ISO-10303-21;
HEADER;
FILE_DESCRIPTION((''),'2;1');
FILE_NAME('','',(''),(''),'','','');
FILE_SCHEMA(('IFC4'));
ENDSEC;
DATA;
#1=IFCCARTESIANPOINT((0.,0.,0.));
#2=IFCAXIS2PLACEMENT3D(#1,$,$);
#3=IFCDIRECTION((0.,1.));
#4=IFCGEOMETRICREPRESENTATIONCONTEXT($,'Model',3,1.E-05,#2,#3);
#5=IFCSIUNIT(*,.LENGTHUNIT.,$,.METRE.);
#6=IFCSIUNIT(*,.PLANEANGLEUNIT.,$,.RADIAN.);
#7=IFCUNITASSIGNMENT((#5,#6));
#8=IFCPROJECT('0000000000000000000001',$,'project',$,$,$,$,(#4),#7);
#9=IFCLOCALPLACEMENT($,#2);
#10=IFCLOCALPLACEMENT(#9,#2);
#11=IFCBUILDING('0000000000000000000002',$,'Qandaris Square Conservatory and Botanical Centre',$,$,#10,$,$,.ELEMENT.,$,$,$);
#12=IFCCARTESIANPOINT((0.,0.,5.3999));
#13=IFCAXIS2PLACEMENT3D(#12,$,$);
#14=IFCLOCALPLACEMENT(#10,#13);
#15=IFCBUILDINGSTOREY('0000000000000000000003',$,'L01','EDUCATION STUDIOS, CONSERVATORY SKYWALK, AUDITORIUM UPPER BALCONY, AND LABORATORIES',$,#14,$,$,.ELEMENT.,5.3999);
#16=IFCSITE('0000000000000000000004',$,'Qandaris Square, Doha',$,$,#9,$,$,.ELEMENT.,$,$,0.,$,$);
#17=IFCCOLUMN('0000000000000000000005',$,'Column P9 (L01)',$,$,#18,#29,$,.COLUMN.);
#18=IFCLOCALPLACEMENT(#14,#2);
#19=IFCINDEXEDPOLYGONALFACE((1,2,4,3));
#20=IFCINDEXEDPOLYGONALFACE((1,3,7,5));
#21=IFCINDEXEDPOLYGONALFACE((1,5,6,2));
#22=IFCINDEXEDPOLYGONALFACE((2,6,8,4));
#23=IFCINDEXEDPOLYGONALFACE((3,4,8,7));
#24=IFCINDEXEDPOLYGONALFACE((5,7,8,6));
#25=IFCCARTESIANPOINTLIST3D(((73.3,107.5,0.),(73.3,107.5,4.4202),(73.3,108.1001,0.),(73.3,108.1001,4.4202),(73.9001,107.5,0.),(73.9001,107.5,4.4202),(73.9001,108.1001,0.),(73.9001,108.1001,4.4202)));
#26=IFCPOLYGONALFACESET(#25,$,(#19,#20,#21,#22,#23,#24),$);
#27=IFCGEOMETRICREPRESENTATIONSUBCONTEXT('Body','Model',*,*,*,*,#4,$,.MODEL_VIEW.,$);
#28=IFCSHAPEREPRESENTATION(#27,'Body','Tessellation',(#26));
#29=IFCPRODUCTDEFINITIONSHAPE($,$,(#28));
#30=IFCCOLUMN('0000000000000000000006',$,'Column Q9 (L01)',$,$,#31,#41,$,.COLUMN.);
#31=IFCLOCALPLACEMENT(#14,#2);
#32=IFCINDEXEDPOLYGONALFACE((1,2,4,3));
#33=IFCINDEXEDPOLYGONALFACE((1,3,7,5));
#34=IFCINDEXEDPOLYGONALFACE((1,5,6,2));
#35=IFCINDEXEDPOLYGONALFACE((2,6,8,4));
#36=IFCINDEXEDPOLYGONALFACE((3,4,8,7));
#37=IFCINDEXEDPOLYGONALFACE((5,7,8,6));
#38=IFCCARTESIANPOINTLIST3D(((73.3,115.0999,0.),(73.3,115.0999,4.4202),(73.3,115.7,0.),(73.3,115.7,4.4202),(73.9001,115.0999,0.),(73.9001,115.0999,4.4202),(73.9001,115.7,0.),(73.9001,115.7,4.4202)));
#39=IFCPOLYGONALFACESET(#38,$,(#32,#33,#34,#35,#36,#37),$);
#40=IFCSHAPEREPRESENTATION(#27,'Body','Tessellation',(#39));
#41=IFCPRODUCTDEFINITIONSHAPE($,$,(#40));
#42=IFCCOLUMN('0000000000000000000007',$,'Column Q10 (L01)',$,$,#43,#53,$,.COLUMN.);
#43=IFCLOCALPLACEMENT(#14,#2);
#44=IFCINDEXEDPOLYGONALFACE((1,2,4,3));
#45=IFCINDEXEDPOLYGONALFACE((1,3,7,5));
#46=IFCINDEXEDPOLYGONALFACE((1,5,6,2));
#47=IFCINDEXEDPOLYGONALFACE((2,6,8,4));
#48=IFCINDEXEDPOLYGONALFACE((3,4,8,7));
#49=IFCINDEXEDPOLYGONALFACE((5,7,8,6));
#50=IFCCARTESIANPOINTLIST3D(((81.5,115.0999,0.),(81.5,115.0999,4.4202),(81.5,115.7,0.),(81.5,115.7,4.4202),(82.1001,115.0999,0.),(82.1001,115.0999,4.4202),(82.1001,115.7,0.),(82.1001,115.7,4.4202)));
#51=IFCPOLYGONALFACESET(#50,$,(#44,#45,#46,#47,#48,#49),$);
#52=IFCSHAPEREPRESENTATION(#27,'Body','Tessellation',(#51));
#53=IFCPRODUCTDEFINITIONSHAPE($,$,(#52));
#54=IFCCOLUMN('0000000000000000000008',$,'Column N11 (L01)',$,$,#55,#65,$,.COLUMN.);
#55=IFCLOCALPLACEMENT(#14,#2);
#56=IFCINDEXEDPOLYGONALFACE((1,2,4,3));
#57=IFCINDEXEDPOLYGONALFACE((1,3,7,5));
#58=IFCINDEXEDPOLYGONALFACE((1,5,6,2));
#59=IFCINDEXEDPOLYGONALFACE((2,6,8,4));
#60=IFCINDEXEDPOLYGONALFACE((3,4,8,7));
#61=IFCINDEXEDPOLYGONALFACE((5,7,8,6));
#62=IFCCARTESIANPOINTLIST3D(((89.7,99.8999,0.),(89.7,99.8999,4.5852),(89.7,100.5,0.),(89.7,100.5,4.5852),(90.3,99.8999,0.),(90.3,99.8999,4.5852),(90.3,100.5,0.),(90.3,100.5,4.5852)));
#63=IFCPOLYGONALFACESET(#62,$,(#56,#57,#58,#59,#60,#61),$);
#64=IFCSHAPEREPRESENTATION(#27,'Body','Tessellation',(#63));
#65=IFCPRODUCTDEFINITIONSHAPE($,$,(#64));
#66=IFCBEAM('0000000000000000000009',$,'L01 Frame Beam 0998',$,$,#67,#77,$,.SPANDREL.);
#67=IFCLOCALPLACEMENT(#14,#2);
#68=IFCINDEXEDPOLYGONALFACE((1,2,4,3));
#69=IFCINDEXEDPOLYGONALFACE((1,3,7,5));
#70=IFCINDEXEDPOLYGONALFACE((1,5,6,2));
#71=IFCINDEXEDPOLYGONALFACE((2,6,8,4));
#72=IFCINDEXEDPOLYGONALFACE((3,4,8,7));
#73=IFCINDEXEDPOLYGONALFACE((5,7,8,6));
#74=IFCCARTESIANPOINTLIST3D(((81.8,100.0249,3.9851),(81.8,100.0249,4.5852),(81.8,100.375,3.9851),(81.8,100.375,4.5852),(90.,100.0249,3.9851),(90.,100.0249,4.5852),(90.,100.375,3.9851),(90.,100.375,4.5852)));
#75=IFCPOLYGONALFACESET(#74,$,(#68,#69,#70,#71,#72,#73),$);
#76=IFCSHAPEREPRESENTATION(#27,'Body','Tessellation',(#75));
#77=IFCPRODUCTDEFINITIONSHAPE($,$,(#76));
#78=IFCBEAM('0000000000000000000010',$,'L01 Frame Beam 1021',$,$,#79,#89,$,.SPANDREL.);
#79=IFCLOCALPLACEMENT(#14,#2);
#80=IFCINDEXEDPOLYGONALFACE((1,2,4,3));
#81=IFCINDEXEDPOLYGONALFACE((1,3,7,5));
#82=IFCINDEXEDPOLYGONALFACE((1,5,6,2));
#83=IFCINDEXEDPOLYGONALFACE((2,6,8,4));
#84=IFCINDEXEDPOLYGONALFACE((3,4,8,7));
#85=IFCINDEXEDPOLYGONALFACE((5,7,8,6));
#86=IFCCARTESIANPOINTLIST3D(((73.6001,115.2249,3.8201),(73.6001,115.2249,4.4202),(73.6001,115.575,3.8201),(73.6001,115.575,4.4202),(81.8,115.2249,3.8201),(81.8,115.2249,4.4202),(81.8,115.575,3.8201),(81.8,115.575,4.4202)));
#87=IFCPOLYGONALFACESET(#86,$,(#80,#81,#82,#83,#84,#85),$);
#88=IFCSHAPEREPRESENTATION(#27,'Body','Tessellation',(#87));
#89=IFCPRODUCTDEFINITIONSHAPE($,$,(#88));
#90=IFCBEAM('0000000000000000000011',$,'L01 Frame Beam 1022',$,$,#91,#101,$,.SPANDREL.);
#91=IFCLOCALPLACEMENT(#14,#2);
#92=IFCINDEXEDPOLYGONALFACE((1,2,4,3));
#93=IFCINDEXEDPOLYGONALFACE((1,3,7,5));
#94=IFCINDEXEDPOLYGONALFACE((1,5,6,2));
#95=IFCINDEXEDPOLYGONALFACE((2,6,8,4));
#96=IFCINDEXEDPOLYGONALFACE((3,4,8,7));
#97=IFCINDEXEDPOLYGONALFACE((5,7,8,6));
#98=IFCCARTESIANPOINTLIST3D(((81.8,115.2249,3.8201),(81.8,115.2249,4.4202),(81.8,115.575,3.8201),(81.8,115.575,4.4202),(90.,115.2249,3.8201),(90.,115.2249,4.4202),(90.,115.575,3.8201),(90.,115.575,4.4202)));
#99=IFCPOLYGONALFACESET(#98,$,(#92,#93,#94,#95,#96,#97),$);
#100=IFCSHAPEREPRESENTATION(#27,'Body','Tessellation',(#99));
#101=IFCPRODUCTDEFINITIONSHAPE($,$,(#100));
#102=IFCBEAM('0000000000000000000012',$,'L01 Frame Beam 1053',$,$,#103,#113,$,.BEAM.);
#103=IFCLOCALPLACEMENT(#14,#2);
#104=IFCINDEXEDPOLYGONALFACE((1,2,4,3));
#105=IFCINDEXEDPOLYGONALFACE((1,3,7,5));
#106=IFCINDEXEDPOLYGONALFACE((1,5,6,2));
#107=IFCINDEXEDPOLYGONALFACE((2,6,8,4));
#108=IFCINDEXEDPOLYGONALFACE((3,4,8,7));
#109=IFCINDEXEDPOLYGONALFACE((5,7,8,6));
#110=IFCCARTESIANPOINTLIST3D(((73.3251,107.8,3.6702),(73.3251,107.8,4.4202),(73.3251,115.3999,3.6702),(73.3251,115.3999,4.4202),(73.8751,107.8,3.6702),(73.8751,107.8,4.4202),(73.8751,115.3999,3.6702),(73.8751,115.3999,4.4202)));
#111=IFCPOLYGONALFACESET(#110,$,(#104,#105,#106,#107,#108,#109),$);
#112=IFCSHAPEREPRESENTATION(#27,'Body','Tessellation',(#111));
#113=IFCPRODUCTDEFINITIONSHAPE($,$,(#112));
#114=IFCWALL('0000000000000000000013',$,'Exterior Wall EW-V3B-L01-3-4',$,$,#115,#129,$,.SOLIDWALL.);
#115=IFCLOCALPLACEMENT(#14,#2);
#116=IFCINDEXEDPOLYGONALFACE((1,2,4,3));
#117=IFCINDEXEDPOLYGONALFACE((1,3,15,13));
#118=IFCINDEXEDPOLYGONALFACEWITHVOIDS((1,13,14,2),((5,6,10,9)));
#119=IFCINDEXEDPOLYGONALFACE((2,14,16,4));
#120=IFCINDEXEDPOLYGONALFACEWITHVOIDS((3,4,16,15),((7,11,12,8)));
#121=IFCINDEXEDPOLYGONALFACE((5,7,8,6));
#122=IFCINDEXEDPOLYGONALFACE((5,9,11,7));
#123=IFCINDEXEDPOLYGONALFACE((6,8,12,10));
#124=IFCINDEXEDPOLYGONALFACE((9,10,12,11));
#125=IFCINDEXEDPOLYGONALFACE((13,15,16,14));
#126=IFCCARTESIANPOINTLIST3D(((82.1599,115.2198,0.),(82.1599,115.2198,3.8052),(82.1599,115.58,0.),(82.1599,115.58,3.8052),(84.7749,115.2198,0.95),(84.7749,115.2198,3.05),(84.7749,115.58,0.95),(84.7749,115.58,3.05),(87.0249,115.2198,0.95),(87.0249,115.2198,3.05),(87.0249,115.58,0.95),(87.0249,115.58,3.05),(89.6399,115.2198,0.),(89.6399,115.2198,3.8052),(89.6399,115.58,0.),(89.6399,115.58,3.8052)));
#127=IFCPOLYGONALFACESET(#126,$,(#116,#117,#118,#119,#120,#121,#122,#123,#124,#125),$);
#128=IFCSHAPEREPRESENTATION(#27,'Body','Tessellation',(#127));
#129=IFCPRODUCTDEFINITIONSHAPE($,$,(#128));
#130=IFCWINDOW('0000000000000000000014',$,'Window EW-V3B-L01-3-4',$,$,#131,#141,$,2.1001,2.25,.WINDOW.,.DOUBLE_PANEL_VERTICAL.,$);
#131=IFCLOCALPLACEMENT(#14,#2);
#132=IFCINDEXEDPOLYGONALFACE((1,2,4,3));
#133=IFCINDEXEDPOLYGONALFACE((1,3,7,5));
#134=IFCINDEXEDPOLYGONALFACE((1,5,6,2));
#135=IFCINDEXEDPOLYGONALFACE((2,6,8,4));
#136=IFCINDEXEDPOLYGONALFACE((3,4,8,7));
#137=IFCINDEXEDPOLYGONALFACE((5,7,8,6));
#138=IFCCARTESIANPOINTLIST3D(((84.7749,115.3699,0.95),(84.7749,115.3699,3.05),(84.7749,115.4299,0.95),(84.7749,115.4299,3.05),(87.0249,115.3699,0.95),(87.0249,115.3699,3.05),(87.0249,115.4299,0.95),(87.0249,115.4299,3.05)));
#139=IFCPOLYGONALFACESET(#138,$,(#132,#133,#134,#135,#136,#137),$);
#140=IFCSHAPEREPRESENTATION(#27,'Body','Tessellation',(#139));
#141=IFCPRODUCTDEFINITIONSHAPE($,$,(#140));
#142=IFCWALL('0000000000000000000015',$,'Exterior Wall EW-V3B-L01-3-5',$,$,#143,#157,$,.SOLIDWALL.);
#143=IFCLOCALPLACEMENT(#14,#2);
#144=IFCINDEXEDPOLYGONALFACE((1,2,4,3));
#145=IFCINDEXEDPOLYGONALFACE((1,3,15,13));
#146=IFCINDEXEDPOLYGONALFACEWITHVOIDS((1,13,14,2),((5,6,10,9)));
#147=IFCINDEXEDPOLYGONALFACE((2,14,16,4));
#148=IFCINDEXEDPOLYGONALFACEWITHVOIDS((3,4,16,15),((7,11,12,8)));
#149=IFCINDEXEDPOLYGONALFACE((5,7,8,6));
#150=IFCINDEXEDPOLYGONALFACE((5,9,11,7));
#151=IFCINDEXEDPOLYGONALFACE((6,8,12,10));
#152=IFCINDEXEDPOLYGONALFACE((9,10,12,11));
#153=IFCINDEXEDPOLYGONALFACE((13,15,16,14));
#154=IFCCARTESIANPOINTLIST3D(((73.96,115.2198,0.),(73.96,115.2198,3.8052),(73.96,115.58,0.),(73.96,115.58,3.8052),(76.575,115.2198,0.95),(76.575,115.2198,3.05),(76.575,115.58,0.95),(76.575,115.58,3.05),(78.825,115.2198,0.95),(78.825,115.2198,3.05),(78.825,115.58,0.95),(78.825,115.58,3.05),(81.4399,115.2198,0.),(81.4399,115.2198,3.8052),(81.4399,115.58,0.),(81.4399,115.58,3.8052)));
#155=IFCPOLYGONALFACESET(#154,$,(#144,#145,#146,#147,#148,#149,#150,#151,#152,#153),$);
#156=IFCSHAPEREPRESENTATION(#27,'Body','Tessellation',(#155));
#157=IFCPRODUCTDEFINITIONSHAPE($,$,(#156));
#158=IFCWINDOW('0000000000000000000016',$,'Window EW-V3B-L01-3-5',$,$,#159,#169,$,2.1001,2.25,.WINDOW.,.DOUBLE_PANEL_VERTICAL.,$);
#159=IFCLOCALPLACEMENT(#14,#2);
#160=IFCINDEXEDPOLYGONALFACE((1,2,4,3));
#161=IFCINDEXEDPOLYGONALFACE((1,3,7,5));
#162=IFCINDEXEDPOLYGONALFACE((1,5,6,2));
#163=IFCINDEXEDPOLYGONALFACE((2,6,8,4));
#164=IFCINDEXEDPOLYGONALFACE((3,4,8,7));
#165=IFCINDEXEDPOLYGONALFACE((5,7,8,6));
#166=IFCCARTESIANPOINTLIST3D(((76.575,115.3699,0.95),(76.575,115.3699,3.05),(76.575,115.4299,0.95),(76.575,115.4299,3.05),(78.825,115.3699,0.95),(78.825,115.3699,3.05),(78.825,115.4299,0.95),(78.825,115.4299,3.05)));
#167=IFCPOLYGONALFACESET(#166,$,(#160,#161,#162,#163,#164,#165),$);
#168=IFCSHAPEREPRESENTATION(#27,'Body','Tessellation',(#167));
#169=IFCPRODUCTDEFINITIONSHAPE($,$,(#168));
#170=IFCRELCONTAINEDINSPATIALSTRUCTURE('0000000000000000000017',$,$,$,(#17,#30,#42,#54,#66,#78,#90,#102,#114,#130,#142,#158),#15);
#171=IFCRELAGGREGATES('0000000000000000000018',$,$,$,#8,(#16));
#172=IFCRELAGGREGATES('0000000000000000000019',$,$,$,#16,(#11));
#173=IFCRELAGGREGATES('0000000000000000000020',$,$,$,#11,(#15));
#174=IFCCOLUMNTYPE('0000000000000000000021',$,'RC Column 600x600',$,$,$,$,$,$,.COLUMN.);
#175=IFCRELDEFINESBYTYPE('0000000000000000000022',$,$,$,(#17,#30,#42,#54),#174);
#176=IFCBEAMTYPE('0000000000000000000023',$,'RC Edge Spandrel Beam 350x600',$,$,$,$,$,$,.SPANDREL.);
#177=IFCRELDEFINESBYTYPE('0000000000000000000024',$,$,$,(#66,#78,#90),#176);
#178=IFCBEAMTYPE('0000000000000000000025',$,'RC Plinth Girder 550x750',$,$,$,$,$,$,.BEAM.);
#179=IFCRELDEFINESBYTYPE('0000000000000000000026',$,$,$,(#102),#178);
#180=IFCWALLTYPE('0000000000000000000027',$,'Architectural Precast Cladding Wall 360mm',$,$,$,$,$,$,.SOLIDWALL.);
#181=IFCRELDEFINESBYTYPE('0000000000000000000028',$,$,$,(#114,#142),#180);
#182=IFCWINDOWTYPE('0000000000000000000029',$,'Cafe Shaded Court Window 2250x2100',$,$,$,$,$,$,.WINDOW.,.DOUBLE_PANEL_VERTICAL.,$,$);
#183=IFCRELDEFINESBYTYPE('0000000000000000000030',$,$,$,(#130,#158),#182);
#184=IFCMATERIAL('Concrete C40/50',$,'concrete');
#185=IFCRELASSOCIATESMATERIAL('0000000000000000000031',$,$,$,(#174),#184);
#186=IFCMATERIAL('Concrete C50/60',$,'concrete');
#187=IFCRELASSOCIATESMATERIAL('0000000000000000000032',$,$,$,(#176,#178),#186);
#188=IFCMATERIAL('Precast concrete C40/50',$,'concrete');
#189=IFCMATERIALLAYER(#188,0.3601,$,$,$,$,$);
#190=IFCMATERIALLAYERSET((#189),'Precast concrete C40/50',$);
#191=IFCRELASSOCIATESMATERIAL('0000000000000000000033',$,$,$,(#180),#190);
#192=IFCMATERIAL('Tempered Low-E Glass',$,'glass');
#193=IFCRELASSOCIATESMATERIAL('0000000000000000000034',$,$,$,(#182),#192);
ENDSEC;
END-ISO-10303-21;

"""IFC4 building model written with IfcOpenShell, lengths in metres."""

from ifc_helpers import new_model, si_unit, direction, frame, frame_2d, origin, origin_2d, place, context, subcontext, project, spatial, rectangle, extrude, material, layer, layer_set, material_profile, profile_set, type_object, element, fill, save


model = new_model("IFC4")

# Units and contexts
model_context = context("Model", 3, precision=1e-05, world=origin(), true_north=direction((0.0, 1.0)))
body_context = subcontext(model_context, "Body", "Model", "MODEL_VIEW")
ifc_project = project(units=[si_unit("LENGTHUNIT", "METRE"), si_unit("PLANEANGLEUNIT", "RADIAN")], contexts=[model_context])

# Site, building, storey
site_placement = place(None, origin())
site = spatial("IfcSite", under=ifc_project, at=site_placement, Name="Qandaris Square, Doha", CompositionType="ELEMENT", RefElevation=0.0)
building_placement = place(site_placement, origin())
building = spatial("IfcBuilding", under=site, at=building_placement, Name="Qandaris Square Conservatory and Botanical Centre", CompositionType="ELEMENT")
storey_placement = place(building_placement, frame((0.0, 0.0, 5.3999)))
storey = spatial("IfcBuildingStorey", under=building, at=storey_placement, Name="L01", Description="EDUCATION STUDIOS, CONSERVATORY SKYWALK, AUDITORIUM UPPER BALCONY, AND LABORATORIES", CompositionType="ELEMENT", Elevation=5.3999)

# Columns
ifc_material_1 = material(Name="Concrete C40/50", Category="concrete")
ifc_material_profile_1 = material_profile(ifc_material_1, rectangle(XDim=0.6001, YDim=0.6001, at=origin_2d()), Name="RC-COL 600x600")
ifc_profile_set_1 = profile_set([ifc_material_profile_1], Name="Concrete C40/50")
column_type = type_object("IfcColumnType", Name="RC Column 600x600", PredefinedType="COLUMN", material=ifc_profile_set_1)
for number, where, z_axis, x_axis, name in (
    (1, (73.6001, 107.8, 0.0), (0.0, 0.0, 1.0), (1.0, 0.0, 0.0), "Column P9 (L01)"),
    (2, (73.6001, 115.3999, 0.0), (0.0, 0.0, 1.0), (1.0, 0.0, 0.0), "Column Q9 (L01)"),
    (3, (81.8, 115.3999, 0.0), (0.0, 0.0, 1.0), (1.0, 0.0, 0.0), "Column Q10 (L01)"),
):
    element("IfcColumn", number, at=place(storey_placement, frame(where, z_axis=z_axis, x_axis=x_axis)), inside=storey, type_object=column_type, Name=name, PredefinedType="COLUMN", context=body_context, shape_type="SweptSolid", body=[
        extrude(rectangle(XDim=0.6001, YDim=0.6001, at=origin_2d()), origin(), (0.0, 0.0, 1.0), 4.4202),
    ])
column_placement = place(storey_placement, frame((90.0, 100.2, 0.0), z_axis=(0.0, 0.0, 1.0), x_axis=(1.0, 0.0, 0.0)))
element("IfcColumn", 4, at=column_placement, inside=storey, type_object=column_type, Name="Column N11 (L01)", PredefinedType="COLUMN", context=body_context, shape_type="SweptSolid", body=[
    extrude(rectangle(XDim=0.6001, YDim=0.6001, at=origin_2d()), origin(), (0.0, 0.0, 1.0), 4.5852),
])

# Beams
ifc_material_2 = material(Name="Concrete C50/60", Category="concrete")
ifc_material_profile_2 = material_profile(ifc_material_2, rectangle(XDim=0.3501, YDim=0.6001, at=origin_2d()), Name="RC-SP 350x600")
ifc_profile_set_2 = profile_set([ifc_material_profile_2], Name="Concrete C50/60")
beam_type_1 = type_object("IfcBeamType", Name="RC Edge Spandrel Beam 350x600", PredefinedType="SPANDREL", material=ifc_profile_set_2)
for number, where, z_axis, x_axis, name in (
    (5, (81.8, 100.2, 4.2852), (1.0, 0.0, 0.0), (0.0, 1.0, 0.0), "L01 Frame Beam 0998"),
    (6, (73.6001, 115.3999, 4.1201), (1.0, 0.0, 0.0), (0.0, 1.0, 0.0), "L01 Frame Beam 1021"),
    (7, (81.8, 115.3999, 4.1201), (1.0, 0.0, 0.0), (0.0, 1.0, 0.0), "L01 Frame Beam 1022"),
):
    element("IfcBeam", number, at=place(storey_placement, frame(where, z_axis=z_axis, x_axis=x_axis)), inside=storey, type_object=beam_type_1, Name=name, PredefinedType="SPANDREL", context=body_context, shape_type="SweptSolid", body=[
        extrude(rectangle(XDim=0.3501, YDim=0.6001, at=origin_2d()), origin(), (0.0, 0.0, 1.0), 8.2),
    ])
ifc_material_profile_3 = material_profile(ifc_material_2, rectangle(XDim=0.55, YDim=0.75, at=origin_2d()), Name="RC-BM 550x750")
ifc_profile_set_3 = profile_set([ifc_material_profile_3], Name="Concrete C50/60")
beam_type_2 = type_object("IfcBeamType", Name="RC Plinth Girder 550x750", PredefinedType="BEAM", material=ifc_profile_set_3)
beam_placement = place(storey_placement, frame((73.6001, 107.8, 4.0452), z_axis=(0.0, 1.0, 0.0), x_axis=(-1.0, 0.0, 0.0)))
element("IfcBeam", 8, at=beam_placement, inside=storey, type_object=beam_type_2, Name="L01 Frame Beam 1053", PredefinedType="BEAM", context=body_context, shape_type="SweptSolid", body=[
    extrude(rectangle(XDim=0.55, YDim=0.75, at=origin_2d()), origin(), (0.0, 0.0, 1.0), 7.5999),
])

# Walls, openings, windows
ifc_material_3 = material(Name="Precast concrete C40/50", Category="concrete")
ifc_layer_1 = layer(ifc_material_3, 0.3601)
ifc_layer_set_1 = layer_set([ifc_layer_1], Name="Precast concrete C40/50")
wall_type_1 = type_object("IfcWallType", Name="Architectural Precast Cladding Wall 360mm", PredefinedType="SOLIDWALL", material=ifc_layer_set_1)
wall_1_placement = place(storey_placement, frame((89.6399, 115.3999, 0.0), z_axis=(0.0, 0.0, 1.0), x_axis=(-1.0, 0.0, 0.0)))
wall_1 = element("IfcWall", 9, at=wall_1_placement, inside=storey, type_object=wall_type_1, Name="Exterior Wall EW-V3B-L01-3-4", PredefinedType="SOLIDWALL", context=body_context, shape_type="SweptSolid", body=[
    extrude(rectangle(XDim=7.48, YDim=0.3601, at=frame_2d((3.74, 0.0))), origin(), (0.0, 0.0, 1.0), 3.8052),
])
opening_1_placement = place(wall_1_placement, frame((2.615, 0.0, 0.95)))
opening_1 = element("IfcOpeningElement", 10, at=opening_1_placement, cuts=wall_1, PredefinedType="OPENING", context=body_context, shape_type="SweptSolid", body=[
    extrude(rectangle(XDim=2.25, YDim=2.1001, at=frame_2d((1.125, 1.05))), frame((0.0, 0.1919, 0.0), z_axis=(0.0, -1.0, 0.0), x_axis=(1.0, 0.0, 0.0)), (0.0, 0.0, 1.0), 0.384),
])
ifc_material_4 = material(Name="Tempered Low-E Glass", Category="glass")
window_type = type_object("IfcWindowType", Name="Cafe Shaded Court Window 2250x2100", PartitioningType="DOUBLE_PANEL_VERTICAL", PredefinedType="WINDOW", material=ifc_material_4)
window_1_placement = place(opening_1_placement, origin())
window_1 = element("IfcWindow", 11, at=window_1_placement, inside=storey, type_object=window_type, Name="Window EW-V3B-L01-3-4", OverallHeight=2.1001, OverallWidth=2.25, PartitioningType="DOUBLE_PANEL_VERTICAL", PredefinedType="WINDOW", context=body_context, shape_type="SweptSolid", body=[
    extrude(rectangle(XDim=2.25, YDim=2.1001, at=frame_2d((1.125, 1.05))), frame((0.0, 0.03, 0.0), z_axis=(0.0, -1.0, 0.0), x_axis=(1.0, 0.0, 0.0)), (0.0, 0.0, 1.0), 0.0601),
])
fill(opening_1, window_1)
wall_2_placement = place(storey_placement, frame((81.4399, 115.3999, 0.0), z_axis=(0.0, 0.0, 1.0), x_axis=(-1.0, 0.0, 0.0)))
wall_2 = element("IfcWall", 12, at=wall_2_placement, inside=storey, type_object=wall_type_1, Name="Exterior Wall EW-V3B-L01-3-5", PredefinedType="SOLIDWALL", context=body_context, shape_type="SweptSolid", body=[
    extrude(rectangle(XDim=7.48, YDim=0.3601, at=frame_2d((3.74, 0.0))), origin(), (0.0, 0.0, 1.0), 3.8052),
])
opening_2_placement = place(wall_2_placement, frame((2.615, 0.0, 0.95)))
opening_2 = element("IfcOpeningElement", 13, at=opening_2_placement, cuts=wall_2, PredefinedType="OPENING", context=body_context, shape_type="SweptSolid", body=[
    extrude(rectangle(XDim=2.25, YDim=2.1001, at=frame_2d((1.125, 1.05))), frame((0.0, 0.1919, 0.0), z_axis=(0.0, -1.0, 0.0), x_axis=(1.0, 0.0, 0.0)), (0.0, 0.0, 1.0), 0.384),
])
window_2_placement = place(opening_2_placement, origin())
window_2 = element("IfcWindow", 14, at=window_2_placement, inside=storey, type_object=window_type, Name="Window EW-V3B-L01-3-5", OverallHeight=2.1001, OverallWidth=2.25, PartitioningType="DOUBLE_PANEL_VERTICAL", PredefinedType="WINDOW", context=body_context, shape_type="SweptSolid", body=[
    extrude(rectangle(XDim=2.25, YDim=2.1001, at=frame_2d((1.125, 1.05))), frame((0.0, 0.03, 0.0), z_axis=(0.0, -1.0, 0.0), x_axis=(1.0, 0.0, 0.0)), (0.0, 0.0, 1.0), 0.0601),
])
fill(opening_2, window_2)

save(model, "model.ifc")
